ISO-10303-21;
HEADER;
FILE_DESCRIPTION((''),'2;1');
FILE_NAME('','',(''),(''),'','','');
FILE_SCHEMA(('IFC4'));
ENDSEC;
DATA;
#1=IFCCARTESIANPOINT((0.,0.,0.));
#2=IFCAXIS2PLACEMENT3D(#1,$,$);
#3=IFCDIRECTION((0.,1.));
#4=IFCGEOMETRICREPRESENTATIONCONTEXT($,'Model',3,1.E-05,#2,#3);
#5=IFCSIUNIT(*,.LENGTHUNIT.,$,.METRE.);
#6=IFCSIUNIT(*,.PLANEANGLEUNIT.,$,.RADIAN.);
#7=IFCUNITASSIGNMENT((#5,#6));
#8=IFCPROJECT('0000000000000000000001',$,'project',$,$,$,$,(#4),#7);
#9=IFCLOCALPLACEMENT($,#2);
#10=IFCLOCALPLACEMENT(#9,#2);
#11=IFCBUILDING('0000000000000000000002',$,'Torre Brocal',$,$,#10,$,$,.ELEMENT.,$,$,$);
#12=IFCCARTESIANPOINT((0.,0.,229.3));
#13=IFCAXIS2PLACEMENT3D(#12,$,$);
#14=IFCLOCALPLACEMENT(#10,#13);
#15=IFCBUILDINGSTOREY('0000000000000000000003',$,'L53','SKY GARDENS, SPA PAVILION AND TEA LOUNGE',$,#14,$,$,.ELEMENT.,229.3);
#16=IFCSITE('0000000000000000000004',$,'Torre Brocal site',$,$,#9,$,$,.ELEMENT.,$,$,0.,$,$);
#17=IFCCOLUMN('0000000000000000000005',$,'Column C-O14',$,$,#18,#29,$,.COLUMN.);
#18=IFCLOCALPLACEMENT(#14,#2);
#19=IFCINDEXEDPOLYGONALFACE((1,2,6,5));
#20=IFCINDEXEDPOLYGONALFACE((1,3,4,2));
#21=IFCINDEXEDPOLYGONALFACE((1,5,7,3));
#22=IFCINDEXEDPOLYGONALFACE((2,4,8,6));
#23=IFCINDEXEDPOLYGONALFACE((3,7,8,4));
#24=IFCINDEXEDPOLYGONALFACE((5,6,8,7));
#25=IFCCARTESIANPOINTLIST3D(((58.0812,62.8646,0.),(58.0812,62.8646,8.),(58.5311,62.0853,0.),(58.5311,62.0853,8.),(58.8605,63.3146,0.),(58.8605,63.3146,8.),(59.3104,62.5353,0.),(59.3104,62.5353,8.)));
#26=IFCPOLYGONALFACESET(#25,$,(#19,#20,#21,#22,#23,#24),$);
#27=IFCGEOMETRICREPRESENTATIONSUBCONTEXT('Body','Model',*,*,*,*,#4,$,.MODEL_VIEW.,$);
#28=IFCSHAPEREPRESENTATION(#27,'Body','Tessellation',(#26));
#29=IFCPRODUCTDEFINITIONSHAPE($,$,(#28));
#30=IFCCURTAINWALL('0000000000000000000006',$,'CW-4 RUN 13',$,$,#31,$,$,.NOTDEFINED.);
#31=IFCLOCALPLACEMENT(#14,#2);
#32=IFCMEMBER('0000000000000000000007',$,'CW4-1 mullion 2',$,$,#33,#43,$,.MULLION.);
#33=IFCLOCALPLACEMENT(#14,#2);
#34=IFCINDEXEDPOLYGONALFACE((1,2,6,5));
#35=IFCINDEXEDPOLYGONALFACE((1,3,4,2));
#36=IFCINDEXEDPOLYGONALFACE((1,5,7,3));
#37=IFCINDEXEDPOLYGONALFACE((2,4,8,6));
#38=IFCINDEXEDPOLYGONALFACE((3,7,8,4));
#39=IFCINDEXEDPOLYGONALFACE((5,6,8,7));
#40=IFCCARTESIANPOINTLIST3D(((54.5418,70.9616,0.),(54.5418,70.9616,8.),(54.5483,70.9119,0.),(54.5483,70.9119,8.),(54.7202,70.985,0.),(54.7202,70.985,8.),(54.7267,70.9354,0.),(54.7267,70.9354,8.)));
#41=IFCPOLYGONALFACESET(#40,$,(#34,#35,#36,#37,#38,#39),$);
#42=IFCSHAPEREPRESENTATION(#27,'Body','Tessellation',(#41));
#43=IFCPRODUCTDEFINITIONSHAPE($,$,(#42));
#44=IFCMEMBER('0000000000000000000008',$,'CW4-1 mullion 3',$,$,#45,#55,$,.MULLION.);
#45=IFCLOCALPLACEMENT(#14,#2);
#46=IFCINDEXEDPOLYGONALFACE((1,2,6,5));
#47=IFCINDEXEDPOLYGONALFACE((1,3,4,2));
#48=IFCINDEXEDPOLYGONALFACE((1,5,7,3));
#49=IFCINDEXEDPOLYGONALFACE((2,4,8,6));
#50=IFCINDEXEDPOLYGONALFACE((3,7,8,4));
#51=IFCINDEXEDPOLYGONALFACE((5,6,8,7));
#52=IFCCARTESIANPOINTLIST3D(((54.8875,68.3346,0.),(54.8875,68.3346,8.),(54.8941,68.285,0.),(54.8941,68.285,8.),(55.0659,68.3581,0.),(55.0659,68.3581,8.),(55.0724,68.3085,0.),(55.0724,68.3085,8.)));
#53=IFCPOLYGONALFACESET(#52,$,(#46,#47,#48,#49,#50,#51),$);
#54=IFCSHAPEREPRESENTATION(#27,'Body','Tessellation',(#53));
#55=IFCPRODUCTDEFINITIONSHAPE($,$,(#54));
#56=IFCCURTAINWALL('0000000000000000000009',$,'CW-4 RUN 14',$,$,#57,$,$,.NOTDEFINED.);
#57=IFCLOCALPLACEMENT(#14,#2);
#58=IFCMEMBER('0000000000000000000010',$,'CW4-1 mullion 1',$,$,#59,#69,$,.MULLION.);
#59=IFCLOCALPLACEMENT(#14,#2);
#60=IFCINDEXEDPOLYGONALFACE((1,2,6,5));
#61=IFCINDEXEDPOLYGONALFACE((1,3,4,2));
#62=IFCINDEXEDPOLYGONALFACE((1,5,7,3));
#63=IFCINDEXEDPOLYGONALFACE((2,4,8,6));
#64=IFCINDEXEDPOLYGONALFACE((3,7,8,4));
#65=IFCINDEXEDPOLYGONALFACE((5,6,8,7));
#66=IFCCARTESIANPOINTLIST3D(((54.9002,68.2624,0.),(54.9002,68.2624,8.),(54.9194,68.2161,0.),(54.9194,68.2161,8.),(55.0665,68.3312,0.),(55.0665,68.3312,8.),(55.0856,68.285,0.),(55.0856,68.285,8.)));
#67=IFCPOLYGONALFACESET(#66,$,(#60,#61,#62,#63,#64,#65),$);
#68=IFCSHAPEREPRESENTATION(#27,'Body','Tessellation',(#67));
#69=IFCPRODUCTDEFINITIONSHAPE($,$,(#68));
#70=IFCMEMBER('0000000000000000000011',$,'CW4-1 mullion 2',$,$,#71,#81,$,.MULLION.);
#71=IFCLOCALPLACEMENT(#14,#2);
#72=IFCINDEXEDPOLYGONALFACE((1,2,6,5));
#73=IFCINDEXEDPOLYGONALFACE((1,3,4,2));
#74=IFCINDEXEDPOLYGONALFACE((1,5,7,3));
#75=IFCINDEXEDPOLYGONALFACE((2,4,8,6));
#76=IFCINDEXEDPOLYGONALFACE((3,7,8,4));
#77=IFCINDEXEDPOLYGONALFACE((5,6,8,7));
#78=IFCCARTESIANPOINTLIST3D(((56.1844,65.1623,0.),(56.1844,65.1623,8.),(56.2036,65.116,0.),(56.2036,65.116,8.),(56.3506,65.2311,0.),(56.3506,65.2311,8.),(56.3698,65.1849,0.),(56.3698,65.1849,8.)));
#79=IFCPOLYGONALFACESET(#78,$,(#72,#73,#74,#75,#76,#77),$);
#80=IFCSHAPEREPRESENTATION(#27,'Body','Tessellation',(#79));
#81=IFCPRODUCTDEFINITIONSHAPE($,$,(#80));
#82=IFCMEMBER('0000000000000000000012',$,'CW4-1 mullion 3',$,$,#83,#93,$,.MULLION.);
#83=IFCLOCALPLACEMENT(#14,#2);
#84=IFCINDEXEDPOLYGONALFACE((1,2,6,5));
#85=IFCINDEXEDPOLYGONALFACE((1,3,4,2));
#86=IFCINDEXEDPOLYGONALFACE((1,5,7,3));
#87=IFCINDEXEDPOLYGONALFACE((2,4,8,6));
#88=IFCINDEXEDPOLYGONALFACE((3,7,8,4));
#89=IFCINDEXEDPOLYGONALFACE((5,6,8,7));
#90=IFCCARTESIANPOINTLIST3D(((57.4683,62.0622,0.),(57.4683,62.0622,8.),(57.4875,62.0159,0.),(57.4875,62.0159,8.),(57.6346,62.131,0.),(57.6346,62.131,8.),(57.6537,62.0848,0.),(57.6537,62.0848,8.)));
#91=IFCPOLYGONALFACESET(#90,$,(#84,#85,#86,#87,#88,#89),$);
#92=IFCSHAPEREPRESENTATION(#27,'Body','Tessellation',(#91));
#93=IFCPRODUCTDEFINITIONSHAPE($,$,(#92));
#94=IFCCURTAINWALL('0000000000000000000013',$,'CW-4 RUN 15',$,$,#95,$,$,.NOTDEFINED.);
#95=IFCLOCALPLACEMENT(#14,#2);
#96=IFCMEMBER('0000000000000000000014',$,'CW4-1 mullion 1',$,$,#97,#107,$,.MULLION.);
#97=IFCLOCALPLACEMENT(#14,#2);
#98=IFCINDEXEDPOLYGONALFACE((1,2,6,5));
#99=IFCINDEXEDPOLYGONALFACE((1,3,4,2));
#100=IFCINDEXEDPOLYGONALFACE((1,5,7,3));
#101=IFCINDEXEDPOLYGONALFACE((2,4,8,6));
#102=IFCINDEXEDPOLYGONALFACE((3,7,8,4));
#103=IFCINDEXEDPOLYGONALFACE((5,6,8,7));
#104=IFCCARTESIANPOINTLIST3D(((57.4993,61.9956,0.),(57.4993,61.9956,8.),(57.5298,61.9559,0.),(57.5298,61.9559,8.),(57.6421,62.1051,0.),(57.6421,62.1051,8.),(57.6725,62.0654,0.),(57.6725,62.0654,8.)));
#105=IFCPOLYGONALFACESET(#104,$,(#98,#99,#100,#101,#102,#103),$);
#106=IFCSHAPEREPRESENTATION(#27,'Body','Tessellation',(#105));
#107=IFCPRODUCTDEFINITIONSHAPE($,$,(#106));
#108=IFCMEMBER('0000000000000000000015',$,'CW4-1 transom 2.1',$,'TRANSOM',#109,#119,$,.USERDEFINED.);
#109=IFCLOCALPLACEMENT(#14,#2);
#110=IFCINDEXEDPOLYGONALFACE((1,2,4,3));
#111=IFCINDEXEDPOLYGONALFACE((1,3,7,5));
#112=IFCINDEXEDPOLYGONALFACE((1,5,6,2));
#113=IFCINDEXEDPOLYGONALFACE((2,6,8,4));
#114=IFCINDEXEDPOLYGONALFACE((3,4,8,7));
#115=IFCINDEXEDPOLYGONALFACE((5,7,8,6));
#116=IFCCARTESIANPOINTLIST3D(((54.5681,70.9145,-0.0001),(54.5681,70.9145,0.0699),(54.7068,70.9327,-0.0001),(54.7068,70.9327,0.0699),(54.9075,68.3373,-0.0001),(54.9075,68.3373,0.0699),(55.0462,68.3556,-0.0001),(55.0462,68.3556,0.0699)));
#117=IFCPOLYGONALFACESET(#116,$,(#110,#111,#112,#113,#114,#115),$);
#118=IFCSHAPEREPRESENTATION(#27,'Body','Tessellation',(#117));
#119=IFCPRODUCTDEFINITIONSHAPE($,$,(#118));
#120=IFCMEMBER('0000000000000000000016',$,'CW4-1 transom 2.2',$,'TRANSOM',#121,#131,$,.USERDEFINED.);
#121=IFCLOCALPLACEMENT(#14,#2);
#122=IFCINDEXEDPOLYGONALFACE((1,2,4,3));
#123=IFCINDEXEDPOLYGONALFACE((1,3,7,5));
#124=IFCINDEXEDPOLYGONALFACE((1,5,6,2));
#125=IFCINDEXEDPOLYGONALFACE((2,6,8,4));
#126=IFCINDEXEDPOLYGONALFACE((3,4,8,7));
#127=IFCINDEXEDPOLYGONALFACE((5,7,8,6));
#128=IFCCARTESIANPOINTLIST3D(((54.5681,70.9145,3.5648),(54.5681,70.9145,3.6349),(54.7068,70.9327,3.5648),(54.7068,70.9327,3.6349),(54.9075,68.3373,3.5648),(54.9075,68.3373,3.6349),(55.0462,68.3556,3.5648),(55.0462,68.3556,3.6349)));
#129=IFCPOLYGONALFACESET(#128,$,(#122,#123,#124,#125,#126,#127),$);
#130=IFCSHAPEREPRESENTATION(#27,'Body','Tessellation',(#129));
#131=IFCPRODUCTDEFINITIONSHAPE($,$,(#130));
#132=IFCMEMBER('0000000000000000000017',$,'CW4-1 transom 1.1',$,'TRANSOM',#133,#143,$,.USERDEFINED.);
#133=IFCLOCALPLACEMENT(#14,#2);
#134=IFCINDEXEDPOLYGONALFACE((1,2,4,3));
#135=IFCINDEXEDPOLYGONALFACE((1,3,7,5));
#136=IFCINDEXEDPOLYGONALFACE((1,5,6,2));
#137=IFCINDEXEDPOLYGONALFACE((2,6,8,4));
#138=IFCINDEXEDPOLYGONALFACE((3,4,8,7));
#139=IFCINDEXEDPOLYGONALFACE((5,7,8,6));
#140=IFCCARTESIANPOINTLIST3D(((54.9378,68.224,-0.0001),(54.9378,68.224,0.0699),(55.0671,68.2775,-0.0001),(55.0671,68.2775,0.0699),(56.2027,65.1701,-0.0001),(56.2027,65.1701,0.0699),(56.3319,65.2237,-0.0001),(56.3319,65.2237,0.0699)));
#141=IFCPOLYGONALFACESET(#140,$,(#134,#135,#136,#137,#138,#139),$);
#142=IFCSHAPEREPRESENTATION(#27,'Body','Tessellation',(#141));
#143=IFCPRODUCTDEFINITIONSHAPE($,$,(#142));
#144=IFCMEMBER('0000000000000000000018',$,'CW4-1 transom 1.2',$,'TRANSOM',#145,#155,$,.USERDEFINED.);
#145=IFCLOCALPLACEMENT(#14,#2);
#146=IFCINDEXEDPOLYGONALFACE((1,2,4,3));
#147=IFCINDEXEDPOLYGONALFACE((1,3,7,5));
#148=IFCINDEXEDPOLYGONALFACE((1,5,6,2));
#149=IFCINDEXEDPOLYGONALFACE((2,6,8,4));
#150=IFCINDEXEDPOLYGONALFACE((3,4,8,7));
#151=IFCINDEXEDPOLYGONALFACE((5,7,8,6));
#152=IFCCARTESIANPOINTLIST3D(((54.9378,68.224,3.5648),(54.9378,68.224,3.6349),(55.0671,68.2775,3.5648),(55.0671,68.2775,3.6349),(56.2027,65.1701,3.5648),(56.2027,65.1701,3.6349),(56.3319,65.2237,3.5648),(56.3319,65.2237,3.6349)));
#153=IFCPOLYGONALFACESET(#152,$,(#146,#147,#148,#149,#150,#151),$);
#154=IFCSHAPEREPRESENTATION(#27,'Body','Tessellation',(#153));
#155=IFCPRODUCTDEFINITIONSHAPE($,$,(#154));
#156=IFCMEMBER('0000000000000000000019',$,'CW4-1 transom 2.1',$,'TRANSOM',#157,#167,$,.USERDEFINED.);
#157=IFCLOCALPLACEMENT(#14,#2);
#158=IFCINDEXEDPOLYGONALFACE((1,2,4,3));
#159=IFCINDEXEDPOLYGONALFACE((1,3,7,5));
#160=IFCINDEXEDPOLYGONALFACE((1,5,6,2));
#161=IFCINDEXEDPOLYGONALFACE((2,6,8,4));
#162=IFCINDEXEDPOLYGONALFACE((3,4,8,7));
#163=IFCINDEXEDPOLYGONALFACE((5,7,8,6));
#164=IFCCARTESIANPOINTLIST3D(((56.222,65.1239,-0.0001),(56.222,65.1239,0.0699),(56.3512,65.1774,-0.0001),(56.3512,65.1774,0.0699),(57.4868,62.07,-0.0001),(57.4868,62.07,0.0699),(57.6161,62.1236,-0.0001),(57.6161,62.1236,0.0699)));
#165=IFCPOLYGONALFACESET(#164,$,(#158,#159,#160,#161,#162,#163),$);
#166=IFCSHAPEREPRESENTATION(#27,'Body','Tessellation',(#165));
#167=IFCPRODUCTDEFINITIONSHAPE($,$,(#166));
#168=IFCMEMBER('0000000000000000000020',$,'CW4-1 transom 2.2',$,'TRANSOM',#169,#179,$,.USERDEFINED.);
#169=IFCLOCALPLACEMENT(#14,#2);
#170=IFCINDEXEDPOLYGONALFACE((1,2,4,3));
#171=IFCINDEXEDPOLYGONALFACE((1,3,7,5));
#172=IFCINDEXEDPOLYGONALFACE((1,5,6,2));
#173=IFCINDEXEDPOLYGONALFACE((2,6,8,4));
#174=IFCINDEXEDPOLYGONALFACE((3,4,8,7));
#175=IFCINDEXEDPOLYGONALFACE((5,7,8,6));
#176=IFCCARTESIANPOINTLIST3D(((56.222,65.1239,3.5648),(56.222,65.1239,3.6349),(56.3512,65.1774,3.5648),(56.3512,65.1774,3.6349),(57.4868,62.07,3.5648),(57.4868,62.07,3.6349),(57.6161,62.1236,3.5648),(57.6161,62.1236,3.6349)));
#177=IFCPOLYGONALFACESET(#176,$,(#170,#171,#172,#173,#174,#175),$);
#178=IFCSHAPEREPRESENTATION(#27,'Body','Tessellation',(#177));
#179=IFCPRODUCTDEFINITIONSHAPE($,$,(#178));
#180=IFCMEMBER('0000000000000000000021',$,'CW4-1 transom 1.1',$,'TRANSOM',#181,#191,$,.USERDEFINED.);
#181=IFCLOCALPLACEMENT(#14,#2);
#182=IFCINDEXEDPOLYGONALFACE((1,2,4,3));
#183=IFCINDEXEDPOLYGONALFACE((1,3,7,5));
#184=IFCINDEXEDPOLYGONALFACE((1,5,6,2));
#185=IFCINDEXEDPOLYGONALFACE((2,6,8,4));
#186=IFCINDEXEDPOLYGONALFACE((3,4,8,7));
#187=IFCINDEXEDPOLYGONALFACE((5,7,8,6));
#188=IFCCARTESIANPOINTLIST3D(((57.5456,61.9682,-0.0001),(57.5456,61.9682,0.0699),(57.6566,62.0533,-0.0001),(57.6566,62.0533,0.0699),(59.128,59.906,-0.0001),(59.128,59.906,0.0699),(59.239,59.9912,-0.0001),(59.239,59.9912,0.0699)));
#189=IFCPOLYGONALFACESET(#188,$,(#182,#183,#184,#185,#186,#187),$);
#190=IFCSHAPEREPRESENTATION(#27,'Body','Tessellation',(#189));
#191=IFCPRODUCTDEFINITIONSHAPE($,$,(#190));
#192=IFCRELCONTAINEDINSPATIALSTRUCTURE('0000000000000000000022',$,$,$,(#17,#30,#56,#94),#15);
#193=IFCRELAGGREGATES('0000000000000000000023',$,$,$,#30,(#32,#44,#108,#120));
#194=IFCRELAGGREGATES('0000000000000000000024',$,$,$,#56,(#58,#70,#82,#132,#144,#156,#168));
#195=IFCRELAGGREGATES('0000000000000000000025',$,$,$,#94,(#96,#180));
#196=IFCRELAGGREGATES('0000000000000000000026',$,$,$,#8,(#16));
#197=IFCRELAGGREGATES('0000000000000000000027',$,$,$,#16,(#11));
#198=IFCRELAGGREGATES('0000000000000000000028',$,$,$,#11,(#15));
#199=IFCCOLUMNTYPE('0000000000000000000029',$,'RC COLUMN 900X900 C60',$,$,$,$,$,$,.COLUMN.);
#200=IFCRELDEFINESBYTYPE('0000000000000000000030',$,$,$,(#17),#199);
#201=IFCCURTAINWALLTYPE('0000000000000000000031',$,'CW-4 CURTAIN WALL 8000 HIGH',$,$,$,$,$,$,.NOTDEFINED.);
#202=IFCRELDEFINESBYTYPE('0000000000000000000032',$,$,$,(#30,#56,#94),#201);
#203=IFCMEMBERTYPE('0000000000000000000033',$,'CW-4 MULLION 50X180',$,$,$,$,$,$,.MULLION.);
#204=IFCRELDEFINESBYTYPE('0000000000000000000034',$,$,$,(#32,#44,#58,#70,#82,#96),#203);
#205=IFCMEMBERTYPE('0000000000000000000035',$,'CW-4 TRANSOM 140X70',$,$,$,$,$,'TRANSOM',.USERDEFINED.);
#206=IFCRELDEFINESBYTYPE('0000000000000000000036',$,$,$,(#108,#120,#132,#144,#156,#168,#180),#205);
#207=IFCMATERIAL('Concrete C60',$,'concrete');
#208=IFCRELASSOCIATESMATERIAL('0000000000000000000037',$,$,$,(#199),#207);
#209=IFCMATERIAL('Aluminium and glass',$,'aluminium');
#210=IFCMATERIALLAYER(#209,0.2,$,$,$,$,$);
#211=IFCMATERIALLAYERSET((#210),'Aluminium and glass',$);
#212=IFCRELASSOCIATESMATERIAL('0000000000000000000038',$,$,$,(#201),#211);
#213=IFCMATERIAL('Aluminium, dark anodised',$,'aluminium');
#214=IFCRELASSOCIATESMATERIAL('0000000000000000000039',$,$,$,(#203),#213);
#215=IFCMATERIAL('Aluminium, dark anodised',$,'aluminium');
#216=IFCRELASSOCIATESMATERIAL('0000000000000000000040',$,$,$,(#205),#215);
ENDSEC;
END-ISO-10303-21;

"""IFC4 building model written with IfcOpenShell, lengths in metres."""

from ifc_helpers import new_model, si_unit, direction, frame, origin, origin_2d, place, context, subcontext, project, spatial, rectangle, extrude, material, layer, layer_set, material_profile, profile_set, type_object, element, aggregate, save


model = new_model("IFC4")

# Units and contexts
model_context = context("Model", 3, precision=1e-05, world=origin(), true_north=direction((0.0, 1.0)))
body_context = subcontext(model_context, "Body", "Model", "MODEL_VIEW")
ifc_project = project(units=[si_unit("LENGTHUNIT", "METRE"), si_unit("PLANEANGLEUNIT", "RADIAN")], contexts=[model_context])

# Site, building, storey
site_placement = place(None, origin())
site = spatial("IfcSite", under=ifc_project, at=site_placement, Name="Torre Brocal site", CompositionType="ELEMENT", RefElevation=0.0)
building_placement = place(site_placement, origin())
building = spatial("IfcBuilding", under=site, at=building_placement, Name="Torre Brocal", CompositionType="ELEMENT")
storey_placement = place(building_placement, frame((0.0, 0.0, 229.3)))
storey = spatial("IfcBuildingStorey", under=building, at=storey_placement, Name="L53", Description="SKY GARDENS, SPA PAVILION AND TEA LOUNGE", CompositionType="ELEMENT", Elevation=229.3)

# Column
ifc_material_1 = material(Name="Concrete C60", Category="concrete")
ifc_material_profile_1 = material_profile(ifc_material_1, rectangle(XDim=0.8999, YDim=0.8999, at=origin_2d()), Name="RC 900X900")
ifc_profile_set_1 = profile_set([ifc_material_profile_1], Name="Concrete C60")
column_type = type_object("IfcColumnType", Name="RC COLUMN 900X900 C60", PredefinedType="COLUMN", material=ifc_profile_set_1)
column_placement = place(storey_placement, frame((58.6958, 62.7, 0.0), z_axis=(0.0, 0.0, 1.0), x_axis=(-0.866025, -0.5, 0.0)))
element("IfcColumn", 1, at=column_placement, inside=storey, type_object=column_type, Name="Column C-O14", PredefinedType="COLUMN", context=body_context, shape_type="SweptSolid", body=[
    extrude(rectangle(XDim=0.8999, YDim=0.8999, at=origin_2d()), origin(), (0.0, 0.0, 1.0), 8.0),
])

# Curtain walls, members
ifc_material_2 = material(Name="Aluminium and glass", Category="aluminium")
ifc_layer_1 = layer(ifc_material_2, 0.2)
ifc_layer_set_1 = layer_set([ifc_layer_1], Name="Aluminium and glass")
curtain_wall_type = type_object("IfcCurtainWallType", Name="CW-4 CURTAIN WALL 8000 HIGH", PredefinedType="NOTDEFINED", material=ifc_layer_set_1)
curtain_wall_1_placement = place(storey_placement, origin())
curtain_wall_1 = element("IfcCurtainWall", 2, at=curtain_wall_1_placement, inside=storey, type_object=curtain_wall_type, Name="CW-4 RUN 13", PredefinedType="NOTDEFINED")
ifc_material_3 = material(Name="Aluminium, dark anodised", Category="aluminium")
ifc_material_profile_2 = material_profile(ifc_material_3, rectangle(XDim=0.1799, YDim=0.05, at=origin_2d()), Name="CW-4 MULLION 50X180")
ifc_profile_set_2 = profile_set([ifc_material_profile_2], Name="Aluminium, dark anodised")
member_type_1 = type_object("IfcMemberType", Name="CW-4 MULLION 50X180", PredefinedType="MULLION", material=ifc_profile_set_2)
member_1_placement = place(storey_placement, frame((54.6343, 70.9485, 0.0), z_axis=(0.0, 0.0, 1.0), x_axis=(0.991445, 0.130526, 0.0)))
member_1 = element("IfcMember", 3, at=member_1_placement, type_object=member_type_1, Name="CW4-1 mullion 2", PredefinedType="MULLION", context=body_context, shape_type="SweptSolid", body=[
    extrude(rectangle(XDim=0.1799, YDim=0.05, at=origin_2d()), origin(), (0.0, 0.0, 1.0), 8.0),
])
member_2_placement = place(storey_placement, frame((54.98, 68.3215, 0.0), z_axis=(0.0, 0.0, 1.0), x_axis=(0.991445, 0.130526, 0.0)))
member_2 = element("IfcMember", 4, at=member_2_placement, type_object=member_type_1, Name="CW4-1 mullion 3", PredefinedType="MULLION", context=body_context, shape_type="SweptSolid", body=[
    extrude(rectangle(XDim=0.1799, YDim=0.05, at=origin_2d()), origin(), (0.0, 0.0, 1.0), 8.0),
])
curtain_wall_2_placement = place(storey_placement, origin())
curtain_wall_2 = element("IfcCurtainWall", 5, at=curtain_wall_2_placement, inside=storey, type_object=curtain_wall_type, Name="CW-4 RUN 14", PredefinedType="NOTDEFINED")
member_3_placement = place(storey_placement, frame((54.9929, 68.2737, 0.0), z_axis=(0.0, 0.0, 1.0), x_axis=(0.92388, 0.382683, 0.0)))
member_3 = element("IfcMember", 6, at=member_3_placement, type_object=member_type_1, Name="CW4-1 mullion 1", PredefinedType="MULLION", context=body_context, shape_type="SweptSolid", body=[
    extrude(rectangle(XDim=0.1799, YDim=0.05, at=origin_2d()), origin(), (0.0, 0.0, 1.0), 8.0),
])
member_4_placement = place(storey_placement, frame((56.2771, 65.1736, 0.0), z_axis=(0.0, 0.0, 1.0), x_axis=(0.92388, 0.382683, 0.0)))
member_4 = element("IfcMember", 7, at=member_4_placement, type_object=member_type_1, Name="CW4-1 mullion 2", PredefinedType="MULLION", context=body_context, shape_type="SweptSolid", body=[
    extrude(rectangle(XDim=0.1799, YDim=0.05, at=origin_2d()), origin(), (0.0, 0.0, 1.0), 8.0),
])
member_5_placement = place(storey_placement, frame((57.561, 62.0735, 0.0), z_axis=(0.0, 0.0, 1.0), x_axis=(0.92388, 0.382683, 0.0)))
member_5 = element("IfcMember", 8, at=member_5_placement, type_object=member_type_1, Name="CW4-1 mullion 3", PredefinedType="MULLION", context=body_context, shape_type="SweptSolid", body=[
    extrude(rectangle(XDim=0.1799, YDim=0.05, at=origin_2d()), origin(), (0.0, 0.0, 1.0), 8.0),
])

# Curtain wall, member
curtain_wall_3_placement = place(storey_placement, origin())
curtain_wall_3 = element("IfcCurtainWall", 9, at=curtain_wall_3_placement, inside=storey, type_object=curtain_wall_type, Name="CW-4 RUN 15", PredefinedType="NOTDEFINED")
member_6_placement = place(storey_placement, frame((57.5859, 62.0305, 0.0), z_axis=(0.0, 0.0, 1.0), x_axis=(0.793353, 0.608761, 0.0)))
member_6 = element("IfcMember", 10, at=member_6_placement, type_object=member_type_1, Name="CW4-1 mullion 1", PredefinedType="MULLION", context=body_context, shape_type="SweptSolid", body=[
    extrude(rectangle(XDim=0.1799, YDim=0.05, at=origin_2d()), origin(), (0.0, 0.0, 1.0), 8.0),
])

# Members
ifc_material_4 = material(Name="Aluminium, dark anodised", Category="aluminium")
ifc_material_profile_3 = material_profile(ifc_material_4, rectangle(XDim=0.1399, YDim=0.0701, at=origin_2d()), Name="CW-4 TRANSOM 140X70")
ifc_profile_set_3 = profile_set([ifc_material_profile_3], Name="Aluminium, dark anodised")
member_type_2 = type_object("IfcMemberType", Name="CW-4 TRANSOM 140X70", ElementType="TRANSOM", PredefinedType="USERDEFINED", material=ifc_profile_set_3)
member_7_placement = place(storey_placement, frame((54.6375, 70.9236, 0.0349), z_axis=(0.130552, -0.991442, 0.0), x_axis=(0.991442, 0.130552, 0.0)))
member_7 = element("IfcMember", 11, at=member_7_placement, type_object=member_type_2, Name="CW4-1 transom 2.1", ObjectType="TRANSOM", PredefinedType="USERDEFINED", context=body_context, shape_type="SweptSolid", body=[
    extrude(rectangle(XDim=0.1399, YDim=0.0701, at=origin_2d()), origin(), (0.0, 0.0, 1.0), 2.5994),
])
member_8_placement = place(storey_placement, frame((54.6375, 70.9236, 3.5999), z_axis=(0.130552, -0.991442, 0.0), x_axis=(0.991442, 0.130552, 0.0)))
member_8 = element("IfcMember", 12, at=member_8_placement, type_object=member_type_2, Name="CW4-1 transom 2.2", ObjectType="TRANSOM", PredefinedType="USERDEFINED", context=body_context, shape_type="SweptSolid", body=[
    extrude(rectangle(XDim=0.1399, YDim=0.0701, at=origin_2d()), origin(), (0.0, 0.0, 1.0), 2.5994),
])
member_9_placement = place(storey_placement, frame((55.0024, 68.2507, 0.0349), z_axis=(0.382658, -0.92389, 0.0), x_axis=(0.92389, 0.382658, 0.0)))
member_9 = element("IfcMember", 13, at=member_9_placement, type_object=member_type_2, Name="CW4-1 transom 1.1", ObjectType="TRANSOM", PredefinedType="USERDEFINED", context=body_context, shape_type="SweptSolid", body=[
    extrude(rectangle(XDim=0.1399, YDim=0.0701, at=origin_2d()), origin(), (0.0, 0.0, 1.0), 3.3054),
])
member_10_placement = place(storey_placement, frame((55.0024, 68.2507, 3.5999), z_axis=(0.382658, -0.92389, 0.0), x_axis=(0.92389, 0.382658, 0.0)))
member_10 = element("IfcMember", 14, at=member_10_placement, type_object=member_type_2, Name="CW4-1 transom 1.2", ObjectType="TRANSOM", PredefinedType="USERDEFINED", context=body_context, shape_type="SweptSolid", body=[
    extrude(rectangle(XDim=0.1399, YDim=0.0701, at=origin_2d()), origin(), (0.0, 0.0, 1.0), 3.3054),
])
member_11_placement = place(storey_placement, frame((56.2866, 65.1506, 0.0349), z_axis=(0.382658, -0.92389, 0.0), x_axis=(0.92389, 0.382658, 0.0)))
member_11 = element("IfcMember", 15, at=member_11_placement, type_object=member_type_2, Name="CW4-1 transom 2.1", ObjectType="TRANSOM", PredefinedType="USERDEFINED", context=body_context, shape_type="SweptSolid", body=[
    extrude(rectangle(XDim=0.1399, YDim=0.0701, at=origin_2d()), origin(), (0.0, 0.0, 1.0), 3.3054),
])
member_12_placement = place(storey_placement, frame((56.2866, 65.1506, 3.5999), z_axis=(0.382658, -0.92389, 0.0), x_axis=(0.92389, 0.382658, 0.0)))
member_12 = element("IfcMember", 16, at=member_12_placement, type_object=member_type_2, Name="CW4-1 transom 2.2", ObjectType="TRANSOM", PredefinedType="USERDEFINED", context=body_context, shape_type="SweptSolid", body=[
    extrude(rectangle(XDim=0.1399, YDim=0.0701, at=origin_2d()), origin(), (0.0, 0.0, 1.0), 3.3054),
])
member_13_placement = place(storey_placement, frame((57.6011, 62.0107, 0.0349), z_axis=(0.608784, -0.793336, 0.0), x_axis=(0.793336, 0.608784, 0.0)))
member_13 = element("IfcMember", 17, at=member_13_placement, type_object=member_type_2, Name="CW4-1 transom 1.1", ObjectType="TRANSOM", PredefinedType="USERDEFINED", context=body_context, shape_type="SweptSolid", body=[
    extrude(rectangle(XDim=0.1399, YDim=0.0701, at=origin_2d()), origin(), (0.0, 0.0, 1.0), 2.5994),
])

aggregate(curtain_wall_1, [member_1, member_2, member_7, member_8])
aggregate(curtain_wall_2, [member_3, member_4, member_5, member_9, member_10, member_11, member_12])
aggregate(curtain_wall_3, [member_6, member_13])

save(model, "model.ifc")
